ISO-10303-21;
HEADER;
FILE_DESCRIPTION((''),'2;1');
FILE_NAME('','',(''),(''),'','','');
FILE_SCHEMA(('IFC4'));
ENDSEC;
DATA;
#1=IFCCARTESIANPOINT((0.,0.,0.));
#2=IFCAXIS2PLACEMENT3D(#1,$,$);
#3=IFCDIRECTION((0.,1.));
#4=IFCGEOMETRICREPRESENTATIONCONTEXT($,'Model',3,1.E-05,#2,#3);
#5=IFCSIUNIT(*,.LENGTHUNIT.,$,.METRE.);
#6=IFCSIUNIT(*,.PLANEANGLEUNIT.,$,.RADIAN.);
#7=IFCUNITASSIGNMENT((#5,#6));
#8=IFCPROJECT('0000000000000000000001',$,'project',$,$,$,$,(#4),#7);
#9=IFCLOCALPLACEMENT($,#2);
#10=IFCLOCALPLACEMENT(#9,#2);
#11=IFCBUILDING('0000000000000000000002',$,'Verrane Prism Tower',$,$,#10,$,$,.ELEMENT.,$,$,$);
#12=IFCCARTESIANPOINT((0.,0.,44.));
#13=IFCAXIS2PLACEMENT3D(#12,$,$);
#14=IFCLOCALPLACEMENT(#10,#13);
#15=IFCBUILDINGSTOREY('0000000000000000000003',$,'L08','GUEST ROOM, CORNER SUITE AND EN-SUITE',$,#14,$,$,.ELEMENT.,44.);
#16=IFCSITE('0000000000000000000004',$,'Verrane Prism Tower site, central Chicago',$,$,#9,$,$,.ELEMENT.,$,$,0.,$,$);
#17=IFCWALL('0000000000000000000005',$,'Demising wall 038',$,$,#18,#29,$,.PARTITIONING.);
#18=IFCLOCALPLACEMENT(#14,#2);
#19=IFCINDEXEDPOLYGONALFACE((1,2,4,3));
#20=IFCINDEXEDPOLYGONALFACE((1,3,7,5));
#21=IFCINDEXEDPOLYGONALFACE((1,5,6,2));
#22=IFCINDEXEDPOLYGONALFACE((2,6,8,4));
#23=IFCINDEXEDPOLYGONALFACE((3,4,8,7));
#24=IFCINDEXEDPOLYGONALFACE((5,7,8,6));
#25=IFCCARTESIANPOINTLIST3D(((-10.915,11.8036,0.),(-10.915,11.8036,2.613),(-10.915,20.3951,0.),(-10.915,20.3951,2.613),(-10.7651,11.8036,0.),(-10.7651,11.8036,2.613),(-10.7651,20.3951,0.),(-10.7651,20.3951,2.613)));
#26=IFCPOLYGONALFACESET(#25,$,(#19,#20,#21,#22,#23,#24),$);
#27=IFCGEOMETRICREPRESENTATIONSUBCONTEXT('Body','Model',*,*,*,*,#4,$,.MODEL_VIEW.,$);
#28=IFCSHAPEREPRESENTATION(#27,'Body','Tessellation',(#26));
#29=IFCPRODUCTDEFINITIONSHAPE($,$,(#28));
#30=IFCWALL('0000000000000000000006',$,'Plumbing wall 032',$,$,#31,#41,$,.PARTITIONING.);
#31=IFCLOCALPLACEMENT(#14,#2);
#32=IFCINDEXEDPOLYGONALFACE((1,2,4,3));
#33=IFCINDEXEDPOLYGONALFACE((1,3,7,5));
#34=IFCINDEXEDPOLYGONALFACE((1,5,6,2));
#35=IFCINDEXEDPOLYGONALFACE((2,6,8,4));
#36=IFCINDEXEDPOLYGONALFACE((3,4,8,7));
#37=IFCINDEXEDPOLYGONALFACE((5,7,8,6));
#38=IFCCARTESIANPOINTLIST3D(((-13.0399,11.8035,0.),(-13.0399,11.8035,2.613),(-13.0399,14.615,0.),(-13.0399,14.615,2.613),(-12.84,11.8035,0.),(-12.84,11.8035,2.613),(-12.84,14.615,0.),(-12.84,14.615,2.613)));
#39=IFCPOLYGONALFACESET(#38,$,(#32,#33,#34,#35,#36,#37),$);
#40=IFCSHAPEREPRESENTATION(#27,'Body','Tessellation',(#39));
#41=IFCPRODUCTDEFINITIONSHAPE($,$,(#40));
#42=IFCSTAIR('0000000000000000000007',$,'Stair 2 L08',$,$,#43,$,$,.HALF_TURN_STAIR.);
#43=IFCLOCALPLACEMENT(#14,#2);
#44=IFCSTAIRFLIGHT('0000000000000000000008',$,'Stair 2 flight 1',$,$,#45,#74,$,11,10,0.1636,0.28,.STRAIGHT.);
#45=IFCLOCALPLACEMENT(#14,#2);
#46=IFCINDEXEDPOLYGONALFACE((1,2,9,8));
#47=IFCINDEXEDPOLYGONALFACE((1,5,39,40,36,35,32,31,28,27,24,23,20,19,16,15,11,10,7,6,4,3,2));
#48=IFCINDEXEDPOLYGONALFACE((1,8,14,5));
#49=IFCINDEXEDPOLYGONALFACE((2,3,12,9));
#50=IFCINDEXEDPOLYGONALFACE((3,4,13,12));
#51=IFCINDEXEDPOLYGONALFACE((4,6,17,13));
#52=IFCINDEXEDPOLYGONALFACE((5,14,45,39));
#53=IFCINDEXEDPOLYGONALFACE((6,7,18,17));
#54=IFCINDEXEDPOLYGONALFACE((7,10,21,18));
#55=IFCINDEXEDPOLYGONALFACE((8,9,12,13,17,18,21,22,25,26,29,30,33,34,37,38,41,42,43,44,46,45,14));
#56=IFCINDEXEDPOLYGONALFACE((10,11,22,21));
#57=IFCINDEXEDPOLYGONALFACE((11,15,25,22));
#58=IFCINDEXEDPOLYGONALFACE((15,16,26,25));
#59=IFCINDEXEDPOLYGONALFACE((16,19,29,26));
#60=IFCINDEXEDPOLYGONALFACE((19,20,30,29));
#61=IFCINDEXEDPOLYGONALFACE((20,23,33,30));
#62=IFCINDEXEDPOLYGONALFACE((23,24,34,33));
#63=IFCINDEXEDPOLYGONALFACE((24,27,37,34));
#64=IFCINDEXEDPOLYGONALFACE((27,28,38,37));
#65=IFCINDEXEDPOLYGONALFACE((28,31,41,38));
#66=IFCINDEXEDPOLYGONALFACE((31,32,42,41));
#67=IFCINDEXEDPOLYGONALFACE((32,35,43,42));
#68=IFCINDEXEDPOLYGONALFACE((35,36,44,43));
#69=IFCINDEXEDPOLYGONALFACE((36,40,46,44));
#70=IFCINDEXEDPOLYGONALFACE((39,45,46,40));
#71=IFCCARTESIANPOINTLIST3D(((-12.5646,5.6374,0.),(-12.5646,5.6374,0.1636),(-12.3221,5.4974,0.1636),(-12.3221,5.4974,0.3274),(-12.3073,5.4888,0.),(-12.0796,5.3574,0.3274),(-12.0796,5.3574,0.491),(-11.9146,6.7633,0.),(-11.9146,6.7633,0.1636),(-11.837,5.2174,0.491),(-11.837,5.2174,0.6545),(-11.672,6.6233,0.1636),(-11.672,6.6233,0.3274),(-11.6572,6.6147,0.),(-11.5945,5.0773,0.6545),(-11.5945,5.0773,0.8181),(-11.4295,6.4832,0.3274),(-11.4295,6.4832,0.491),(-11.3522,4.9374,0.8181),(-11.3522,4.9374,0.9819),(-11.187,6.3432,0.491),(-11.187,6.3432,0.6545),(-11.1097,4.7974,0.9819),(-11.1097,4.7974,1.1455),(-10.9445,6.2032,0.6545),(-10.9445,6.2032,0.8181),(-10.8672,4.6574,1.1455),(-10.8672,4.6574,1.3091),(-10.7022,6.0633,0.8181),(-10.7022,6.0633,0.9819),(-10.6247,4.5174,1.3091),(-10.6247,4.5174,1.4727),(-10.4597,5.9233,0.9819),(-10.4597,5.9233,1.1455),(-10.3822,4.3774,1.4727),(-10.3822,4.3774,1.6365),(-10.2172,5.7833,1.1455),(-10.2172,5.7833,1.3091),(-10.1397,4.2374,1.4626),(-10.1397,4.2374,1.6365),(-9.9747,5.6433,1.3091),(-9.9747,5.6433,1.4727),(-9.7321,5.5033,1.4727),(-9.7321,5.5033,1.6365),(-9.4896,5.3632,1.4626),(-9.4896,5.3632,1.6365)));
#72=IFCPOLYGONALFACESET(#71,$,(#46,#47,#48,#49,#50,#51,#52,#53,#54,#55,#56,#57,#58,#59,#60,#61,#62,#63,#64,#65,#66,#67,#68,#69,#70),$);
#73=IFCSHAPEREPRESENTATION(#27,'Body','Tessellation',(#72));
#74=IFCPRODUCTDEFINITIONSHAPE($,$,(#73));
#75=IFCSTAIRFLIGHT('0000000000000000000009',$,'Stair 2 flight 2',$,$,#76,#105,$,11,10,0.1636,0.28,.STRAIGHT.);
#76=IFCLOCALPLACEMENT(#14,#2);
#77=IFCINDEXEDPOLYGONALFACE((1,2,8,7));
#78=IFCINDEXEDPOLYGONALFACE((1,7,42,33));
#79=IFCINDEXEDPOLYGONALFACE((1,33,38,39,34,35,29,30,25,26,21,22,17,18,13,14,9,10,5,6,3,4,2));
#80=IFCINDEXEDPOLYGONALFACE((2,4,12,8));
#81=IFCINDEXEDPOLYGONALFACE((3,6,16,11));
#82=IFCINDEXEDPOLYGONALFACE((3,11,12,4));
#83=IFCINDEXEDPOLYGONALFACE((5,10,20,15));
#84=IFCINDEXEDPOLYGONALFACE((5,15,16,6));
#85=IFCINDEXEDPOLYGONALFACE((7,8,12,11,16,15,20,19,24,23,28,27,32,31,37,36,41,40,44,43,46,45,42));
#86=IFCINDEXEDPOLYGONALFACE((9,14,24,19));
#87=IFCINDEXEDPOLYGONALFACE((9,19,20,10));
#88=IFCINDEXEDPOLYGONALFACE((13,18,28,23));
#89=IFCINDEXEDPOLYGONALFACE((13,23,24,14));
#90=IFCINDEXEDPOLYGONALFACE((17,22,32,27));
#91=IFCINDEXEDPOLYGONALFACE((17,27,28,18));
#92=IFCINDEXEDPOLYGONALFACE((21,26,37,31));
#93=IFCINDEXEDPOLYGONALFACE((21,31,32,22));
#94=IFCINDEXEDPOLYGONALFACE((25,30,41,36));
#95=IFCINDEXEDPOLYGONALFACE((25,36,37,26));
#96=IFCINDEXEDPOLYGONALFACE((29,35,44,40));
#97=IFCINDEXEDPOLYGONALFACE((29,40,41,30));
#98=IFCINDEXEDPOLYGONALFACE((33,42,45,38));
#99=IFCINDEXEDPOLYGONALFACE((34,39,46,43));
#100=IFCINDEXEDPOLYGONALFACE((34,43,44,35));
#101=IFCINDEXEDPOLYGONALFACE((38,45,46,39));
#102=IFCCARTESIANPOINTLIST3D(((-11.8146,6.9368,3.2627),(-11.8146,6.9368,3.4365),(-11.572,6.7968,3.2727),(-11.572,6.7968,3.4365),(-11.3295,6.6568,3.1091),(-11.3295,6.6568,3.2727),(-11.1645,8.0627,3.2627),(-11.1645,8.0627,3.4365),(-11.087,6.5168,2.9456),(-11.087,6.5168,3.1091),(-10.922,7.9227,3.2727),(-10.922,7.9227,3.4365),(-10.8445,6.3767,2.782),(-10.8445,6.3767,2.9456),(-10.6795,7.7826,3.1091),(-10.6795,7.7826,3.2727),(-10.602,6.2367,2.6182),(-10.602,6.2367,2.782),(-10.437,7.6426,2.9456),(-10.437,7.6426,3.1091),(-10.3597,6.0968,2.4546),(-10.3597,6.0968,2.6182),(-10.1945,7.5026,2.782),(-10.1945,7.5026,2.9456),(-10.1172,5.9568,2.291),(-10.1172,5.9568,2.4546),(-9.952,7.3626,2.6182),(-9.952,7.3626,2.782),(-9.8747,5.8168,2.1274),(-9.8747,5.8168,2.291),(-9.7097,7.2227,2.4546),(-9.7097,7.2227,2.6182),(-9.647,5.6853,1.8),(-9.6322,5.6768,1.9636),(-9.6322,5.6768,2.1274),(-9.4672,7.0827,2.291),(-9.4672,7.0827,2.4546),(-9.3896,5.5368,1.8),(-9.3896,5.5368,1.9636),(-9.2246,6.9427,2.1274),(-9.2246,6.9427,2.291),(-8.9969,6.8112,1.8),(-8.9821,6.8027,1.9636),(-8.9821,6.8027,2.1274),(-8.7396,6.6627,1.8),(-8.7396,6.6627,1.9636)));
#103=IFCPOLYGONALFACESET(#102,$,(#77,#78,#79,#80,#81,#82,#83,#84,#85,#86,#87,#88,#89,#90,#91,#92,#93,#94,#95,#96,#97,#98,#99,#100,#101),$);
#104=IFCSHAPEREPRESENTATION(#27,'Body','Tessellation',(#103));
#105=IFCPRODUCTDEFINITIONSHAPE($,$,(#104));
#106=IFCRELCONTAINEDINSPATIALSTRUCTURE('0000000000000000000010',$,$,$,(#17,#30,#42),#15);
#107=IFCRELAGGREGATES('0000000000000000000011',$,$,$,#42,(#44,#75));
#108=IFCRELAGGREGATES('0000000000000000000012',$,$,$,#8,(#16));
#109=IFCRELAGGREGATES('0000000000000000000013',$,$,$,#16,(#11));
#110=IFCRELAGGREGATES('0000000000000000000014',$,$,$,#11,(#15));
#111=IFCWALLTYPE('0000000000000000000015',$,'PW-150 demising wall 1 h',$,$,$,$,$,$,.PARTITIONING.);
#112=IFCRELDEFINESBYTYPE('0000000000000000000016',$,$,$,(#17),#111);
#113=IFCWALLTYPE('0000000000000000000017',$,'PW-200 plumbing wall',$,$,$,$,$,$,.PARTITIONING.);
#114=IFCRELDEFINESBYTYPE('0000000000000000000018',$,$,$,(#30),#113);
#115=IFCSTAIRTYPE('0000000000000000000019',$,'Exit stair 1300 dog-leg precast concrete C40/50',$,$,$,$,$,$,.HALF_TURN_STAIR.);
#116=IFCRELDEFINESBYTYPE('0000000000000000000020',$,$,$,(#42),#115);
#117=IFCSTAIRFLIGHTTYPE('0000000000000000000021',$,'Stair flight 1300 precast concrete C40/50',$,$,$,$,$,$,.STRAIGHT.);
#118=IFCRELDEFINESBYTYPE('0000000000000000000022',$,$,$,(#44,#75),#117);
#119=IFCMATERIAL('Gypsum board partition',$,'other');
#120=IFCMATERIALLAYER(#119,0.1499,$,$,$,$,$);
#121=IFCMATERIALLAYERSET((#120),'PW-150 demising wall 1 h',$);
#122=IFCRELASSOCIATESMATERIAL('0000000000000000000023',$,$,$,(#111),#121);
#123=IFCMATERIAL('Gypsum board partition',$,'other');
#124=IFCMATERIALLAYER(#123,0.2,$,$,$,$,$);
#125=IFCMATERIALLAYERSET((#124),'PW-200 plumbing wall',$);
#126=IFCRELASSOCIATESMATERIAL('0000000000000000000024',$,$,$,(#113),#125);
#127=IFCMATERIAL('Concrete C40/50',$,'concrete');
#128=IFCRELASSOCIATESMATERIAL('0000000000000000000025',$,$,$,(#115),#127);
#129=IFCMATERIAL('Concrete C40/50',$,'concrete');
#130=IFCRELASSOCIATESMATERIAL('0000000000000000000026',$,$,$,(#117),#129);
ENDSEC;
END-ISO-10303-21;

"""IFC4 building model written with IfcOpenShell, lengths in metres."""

from ifc_helpers import new_model, si_unit, direction, frame, frame_2d, origin, place, context, subcontext, project, spatial, polyline, rectangle, outline, extrude, material, layer, layer_set, type_object, element, aggregate, save


model = new_model("IFC4")

# Units and contexts
model_context = context("Model", 3, precision=1e-05, world=origin(), true_north=direction((0.0, 1.0)))
body_context = subcontext(model_context, "Body", "Model", "MODEL_VIEW")
ifc_project = project(units=[si_unit("LENGTHUNIT", "METRE"), si_unit("PLANEANGLEUNIT", "RADIAN")], contexts=[model_context])

# Site, building, storey
site_placement = place(None, origin())
site = spatial("IfcSite", under=ifc_project, at=site_placement, Name="Verrane Prism Tower site, central Chicago", CompositionType="ELEMENT", RefElevation=0.0)
building_placement = place(site_placement, origin())
building = spatial("IfcBuilding", under=site, at=building_placement, Name="Verrane Prism Tower", CompositionType="ELEMENT")
storey_placement = place(building_placement, frame((0.0, 0.0, 44.0)))
storey = spatial("IfcBuildingStorey", under=building, at=storey_placement, Name="L08", Description="GUEST ROOM, CORNER SUITE AND EN-SUITE", CompositionType="ELEMENT", Elevation=44.0)

# Walls
ifc_material_1 = material(Name="Gypsum board partition", Category="other")
ifc_layer_1 = layer(ifc_material_1, 0.1499)
ifc_layer_set_1 = layer_set([ifc_layer_1], Name="PW-150 demising wall 1 h")
wall_type_1 = type_object("IfcWallType", Name="PW-150 demising wall 1 h", PredefinedType="PARTITIONING", material=ifc_layer_set_1)
wall_1_placement = place(storey_placement, frame((-10.8401, 11.8035, 0.0), z_axis=(0.0, 0.0, 1.0), x_axis=(0.0, 1.0, 0.0)))
element("IfcWall", 1, at=wall_1_placement, inside=storey, type_object=wall_type_1, Name="Demising wall 038", PredefinedType="PARTITIONING", context=body_context, shape_type="SweptSolid", body=[
    extrude(rectangle(XDim=8.5916, YDim=0.1499, at=frame_2d((4.2959, 0.0))), origin(), (0.0, 0.0, 1.0), 2.613),
])
ifc_material_2 = material(Name="Gypsum board partition", Category="other")
ifc_layer_2 = layer(ifc_material_2, 0.2)
ifc_layer_set_2 = layer_set([ifc_layer_2], Name="PW-200 plumbing wall")
wall_type_2 = type_object("IfcWallType", Name="PW-200 plumbing wall", PredefinedType="PARTITIONING", material=ifc_layer_set_2)
wall_2_placement = place(storey_placement, frame((-12.9399, 11.8035, 0.0), z_axis=(0.0, 0.0, 1.0), x_axis=(0.0, 1.0, 0.0)))
element("IfcWall", 2, at=wall_2_placement, inside=storey, type_object=wall_type_2, Name="Plumbing wall 032", PredefinedType="PARTITIONING", context=body_context, shape_type="SweptSolid", body=[
    extrude(rectangle(XDim=2.8115, YDim=0.2, at=frame_2d((1.4058, 0.0))), origin(), (0.0, 0.0, 1.0), 2.613),
])

# Stair, stair flights
ifc_material_3 = material(Name="Concrete C40/50", Category="concrete")
stair_type = type_object("IfcStairType", Name="Exit stair 1300 dog-leg precast concrete C40/50", PredefinedType="HALF_TURN_STAIR", material=ifc_material_3)
stair_placement = place(storey_placement, origin())
stair = element("IfcStair", 3, at=stair_placement, inside=storey, type_object=stair_type, Name="Stair 2 L08", PredefinedType="HALF_TURN_STAIR")
ifc_material_4 = material(Name="Concrete C40/50", Category="concrete")
stair_flight_type = type_object("IfcStairFlightType", Name="Stair flight 1300 precast concrete C40/50", PredefinedType="STRAIGHT", material=ifc_material_4)
stair_flight_1_placement = place(storey_placement, frame((-12.2395, 6.2004, 0.0), z_axis=(0.0, 0.0, 1.0), x_axis=(0.866025, -0.5, 0.0)))
stair_flight_1 = element("IfcStairFlight", 4, at=stair_flight_1_placement, type_object=stair_flight_type, Name="Stair 2 flight 1", NumberOfRisers=11, NumberOfTreads=10, PredefinedType="STRAIGHT", RiserHeight=0.1636, TreadLength=0.28, context=body_context, shape_type="SweptSolid", body=[
    extrude(outline(polyline([(0.0, 0.0), (0.0, 0.1636), (0.28, 0.1636), (0.28, 0.3274), (0.5601, 0.3274), (0.5601, 0.491), (0.8401, 0.491), (0.8401, 0.6545), (1.1201, 0.6545), (1.1201, 0.8181), (1.3999, 0.8181), (1.3999, 0.9819), (1.6799, 0.9819), (1.6799, 1.1455), (1.96, 1.1455), (1.96, 1.3091), (2.24, 1.3091), (2.24, 1.4727), (2.52, 1.4727), (2.52, 1.6365), (2.8, 1.6365), (2.8, 1.8), (2.8, 1.4626), (0.2971, 0.0), (0.0, 0.0)])), frame((0.0, 0.6499, 0.0), z_axis=(0.0, -1.0, 0.0), x_axis=(1.0, 0.0, 0.0)), (0.0, 0.0, 1.0), 1.3),
])
stair_flight_2_placement = place(storey_placement, frame((-9.0647, 6.0996, 1.8), z_axis=(0.0, 0.0, 1.0), x_axis=(-0.866025, 0.5, 0.0)))
stair_flight_2 = element("IfcStairFlight", 5, at=stair_flight_2_placement, type_object=stair_flight_type, Name="Stair 2 flight 2", NumberOfRisers=11, NumberOfTreads=10, PredefinedType="STRAIGHT", RiserHeight=0.1636, TreadLength=0.28, context=body_context, shape_type="SweptSolid", body=[
    extrude(outline(polyline([(0.0, 0.0), (0.0, 0.1636), (0.28, 0.1636), (0.28, 0.3274), (0.5601, 0.3274), (0.5601, 0.491), (0.8401, 0.491), (0.8401, 0.6545), (1.1201, 0.6545), (1.1201, 0.8181), (1.3999, 0.8181), (1.3999, 0.9819), (1.6799, 0.9819), (1.6799, 1.1455), (1.96, 1.1455), (1.96, 1.3091), (2.24, 1.3091), (2.24, 1.4727), (2.52, 1.4727), (2.52, 1.6365), (2.8, 1.6365), (2.8, 1.8), (2.8, 1.4626), (0.2971, 0.0), (0.0, 0.0)])), frame((0.0, 0.6499, 0.0), z_axis=(0.0, -1.0, 0.0), x_axis=(1.0, 0.0, 0.0)), (0.0, 0.0, 1.0), 1.3),
])
aggregate(stair, [stair_flight_1, stair_flight_2])

save(model, "model.ifc")
